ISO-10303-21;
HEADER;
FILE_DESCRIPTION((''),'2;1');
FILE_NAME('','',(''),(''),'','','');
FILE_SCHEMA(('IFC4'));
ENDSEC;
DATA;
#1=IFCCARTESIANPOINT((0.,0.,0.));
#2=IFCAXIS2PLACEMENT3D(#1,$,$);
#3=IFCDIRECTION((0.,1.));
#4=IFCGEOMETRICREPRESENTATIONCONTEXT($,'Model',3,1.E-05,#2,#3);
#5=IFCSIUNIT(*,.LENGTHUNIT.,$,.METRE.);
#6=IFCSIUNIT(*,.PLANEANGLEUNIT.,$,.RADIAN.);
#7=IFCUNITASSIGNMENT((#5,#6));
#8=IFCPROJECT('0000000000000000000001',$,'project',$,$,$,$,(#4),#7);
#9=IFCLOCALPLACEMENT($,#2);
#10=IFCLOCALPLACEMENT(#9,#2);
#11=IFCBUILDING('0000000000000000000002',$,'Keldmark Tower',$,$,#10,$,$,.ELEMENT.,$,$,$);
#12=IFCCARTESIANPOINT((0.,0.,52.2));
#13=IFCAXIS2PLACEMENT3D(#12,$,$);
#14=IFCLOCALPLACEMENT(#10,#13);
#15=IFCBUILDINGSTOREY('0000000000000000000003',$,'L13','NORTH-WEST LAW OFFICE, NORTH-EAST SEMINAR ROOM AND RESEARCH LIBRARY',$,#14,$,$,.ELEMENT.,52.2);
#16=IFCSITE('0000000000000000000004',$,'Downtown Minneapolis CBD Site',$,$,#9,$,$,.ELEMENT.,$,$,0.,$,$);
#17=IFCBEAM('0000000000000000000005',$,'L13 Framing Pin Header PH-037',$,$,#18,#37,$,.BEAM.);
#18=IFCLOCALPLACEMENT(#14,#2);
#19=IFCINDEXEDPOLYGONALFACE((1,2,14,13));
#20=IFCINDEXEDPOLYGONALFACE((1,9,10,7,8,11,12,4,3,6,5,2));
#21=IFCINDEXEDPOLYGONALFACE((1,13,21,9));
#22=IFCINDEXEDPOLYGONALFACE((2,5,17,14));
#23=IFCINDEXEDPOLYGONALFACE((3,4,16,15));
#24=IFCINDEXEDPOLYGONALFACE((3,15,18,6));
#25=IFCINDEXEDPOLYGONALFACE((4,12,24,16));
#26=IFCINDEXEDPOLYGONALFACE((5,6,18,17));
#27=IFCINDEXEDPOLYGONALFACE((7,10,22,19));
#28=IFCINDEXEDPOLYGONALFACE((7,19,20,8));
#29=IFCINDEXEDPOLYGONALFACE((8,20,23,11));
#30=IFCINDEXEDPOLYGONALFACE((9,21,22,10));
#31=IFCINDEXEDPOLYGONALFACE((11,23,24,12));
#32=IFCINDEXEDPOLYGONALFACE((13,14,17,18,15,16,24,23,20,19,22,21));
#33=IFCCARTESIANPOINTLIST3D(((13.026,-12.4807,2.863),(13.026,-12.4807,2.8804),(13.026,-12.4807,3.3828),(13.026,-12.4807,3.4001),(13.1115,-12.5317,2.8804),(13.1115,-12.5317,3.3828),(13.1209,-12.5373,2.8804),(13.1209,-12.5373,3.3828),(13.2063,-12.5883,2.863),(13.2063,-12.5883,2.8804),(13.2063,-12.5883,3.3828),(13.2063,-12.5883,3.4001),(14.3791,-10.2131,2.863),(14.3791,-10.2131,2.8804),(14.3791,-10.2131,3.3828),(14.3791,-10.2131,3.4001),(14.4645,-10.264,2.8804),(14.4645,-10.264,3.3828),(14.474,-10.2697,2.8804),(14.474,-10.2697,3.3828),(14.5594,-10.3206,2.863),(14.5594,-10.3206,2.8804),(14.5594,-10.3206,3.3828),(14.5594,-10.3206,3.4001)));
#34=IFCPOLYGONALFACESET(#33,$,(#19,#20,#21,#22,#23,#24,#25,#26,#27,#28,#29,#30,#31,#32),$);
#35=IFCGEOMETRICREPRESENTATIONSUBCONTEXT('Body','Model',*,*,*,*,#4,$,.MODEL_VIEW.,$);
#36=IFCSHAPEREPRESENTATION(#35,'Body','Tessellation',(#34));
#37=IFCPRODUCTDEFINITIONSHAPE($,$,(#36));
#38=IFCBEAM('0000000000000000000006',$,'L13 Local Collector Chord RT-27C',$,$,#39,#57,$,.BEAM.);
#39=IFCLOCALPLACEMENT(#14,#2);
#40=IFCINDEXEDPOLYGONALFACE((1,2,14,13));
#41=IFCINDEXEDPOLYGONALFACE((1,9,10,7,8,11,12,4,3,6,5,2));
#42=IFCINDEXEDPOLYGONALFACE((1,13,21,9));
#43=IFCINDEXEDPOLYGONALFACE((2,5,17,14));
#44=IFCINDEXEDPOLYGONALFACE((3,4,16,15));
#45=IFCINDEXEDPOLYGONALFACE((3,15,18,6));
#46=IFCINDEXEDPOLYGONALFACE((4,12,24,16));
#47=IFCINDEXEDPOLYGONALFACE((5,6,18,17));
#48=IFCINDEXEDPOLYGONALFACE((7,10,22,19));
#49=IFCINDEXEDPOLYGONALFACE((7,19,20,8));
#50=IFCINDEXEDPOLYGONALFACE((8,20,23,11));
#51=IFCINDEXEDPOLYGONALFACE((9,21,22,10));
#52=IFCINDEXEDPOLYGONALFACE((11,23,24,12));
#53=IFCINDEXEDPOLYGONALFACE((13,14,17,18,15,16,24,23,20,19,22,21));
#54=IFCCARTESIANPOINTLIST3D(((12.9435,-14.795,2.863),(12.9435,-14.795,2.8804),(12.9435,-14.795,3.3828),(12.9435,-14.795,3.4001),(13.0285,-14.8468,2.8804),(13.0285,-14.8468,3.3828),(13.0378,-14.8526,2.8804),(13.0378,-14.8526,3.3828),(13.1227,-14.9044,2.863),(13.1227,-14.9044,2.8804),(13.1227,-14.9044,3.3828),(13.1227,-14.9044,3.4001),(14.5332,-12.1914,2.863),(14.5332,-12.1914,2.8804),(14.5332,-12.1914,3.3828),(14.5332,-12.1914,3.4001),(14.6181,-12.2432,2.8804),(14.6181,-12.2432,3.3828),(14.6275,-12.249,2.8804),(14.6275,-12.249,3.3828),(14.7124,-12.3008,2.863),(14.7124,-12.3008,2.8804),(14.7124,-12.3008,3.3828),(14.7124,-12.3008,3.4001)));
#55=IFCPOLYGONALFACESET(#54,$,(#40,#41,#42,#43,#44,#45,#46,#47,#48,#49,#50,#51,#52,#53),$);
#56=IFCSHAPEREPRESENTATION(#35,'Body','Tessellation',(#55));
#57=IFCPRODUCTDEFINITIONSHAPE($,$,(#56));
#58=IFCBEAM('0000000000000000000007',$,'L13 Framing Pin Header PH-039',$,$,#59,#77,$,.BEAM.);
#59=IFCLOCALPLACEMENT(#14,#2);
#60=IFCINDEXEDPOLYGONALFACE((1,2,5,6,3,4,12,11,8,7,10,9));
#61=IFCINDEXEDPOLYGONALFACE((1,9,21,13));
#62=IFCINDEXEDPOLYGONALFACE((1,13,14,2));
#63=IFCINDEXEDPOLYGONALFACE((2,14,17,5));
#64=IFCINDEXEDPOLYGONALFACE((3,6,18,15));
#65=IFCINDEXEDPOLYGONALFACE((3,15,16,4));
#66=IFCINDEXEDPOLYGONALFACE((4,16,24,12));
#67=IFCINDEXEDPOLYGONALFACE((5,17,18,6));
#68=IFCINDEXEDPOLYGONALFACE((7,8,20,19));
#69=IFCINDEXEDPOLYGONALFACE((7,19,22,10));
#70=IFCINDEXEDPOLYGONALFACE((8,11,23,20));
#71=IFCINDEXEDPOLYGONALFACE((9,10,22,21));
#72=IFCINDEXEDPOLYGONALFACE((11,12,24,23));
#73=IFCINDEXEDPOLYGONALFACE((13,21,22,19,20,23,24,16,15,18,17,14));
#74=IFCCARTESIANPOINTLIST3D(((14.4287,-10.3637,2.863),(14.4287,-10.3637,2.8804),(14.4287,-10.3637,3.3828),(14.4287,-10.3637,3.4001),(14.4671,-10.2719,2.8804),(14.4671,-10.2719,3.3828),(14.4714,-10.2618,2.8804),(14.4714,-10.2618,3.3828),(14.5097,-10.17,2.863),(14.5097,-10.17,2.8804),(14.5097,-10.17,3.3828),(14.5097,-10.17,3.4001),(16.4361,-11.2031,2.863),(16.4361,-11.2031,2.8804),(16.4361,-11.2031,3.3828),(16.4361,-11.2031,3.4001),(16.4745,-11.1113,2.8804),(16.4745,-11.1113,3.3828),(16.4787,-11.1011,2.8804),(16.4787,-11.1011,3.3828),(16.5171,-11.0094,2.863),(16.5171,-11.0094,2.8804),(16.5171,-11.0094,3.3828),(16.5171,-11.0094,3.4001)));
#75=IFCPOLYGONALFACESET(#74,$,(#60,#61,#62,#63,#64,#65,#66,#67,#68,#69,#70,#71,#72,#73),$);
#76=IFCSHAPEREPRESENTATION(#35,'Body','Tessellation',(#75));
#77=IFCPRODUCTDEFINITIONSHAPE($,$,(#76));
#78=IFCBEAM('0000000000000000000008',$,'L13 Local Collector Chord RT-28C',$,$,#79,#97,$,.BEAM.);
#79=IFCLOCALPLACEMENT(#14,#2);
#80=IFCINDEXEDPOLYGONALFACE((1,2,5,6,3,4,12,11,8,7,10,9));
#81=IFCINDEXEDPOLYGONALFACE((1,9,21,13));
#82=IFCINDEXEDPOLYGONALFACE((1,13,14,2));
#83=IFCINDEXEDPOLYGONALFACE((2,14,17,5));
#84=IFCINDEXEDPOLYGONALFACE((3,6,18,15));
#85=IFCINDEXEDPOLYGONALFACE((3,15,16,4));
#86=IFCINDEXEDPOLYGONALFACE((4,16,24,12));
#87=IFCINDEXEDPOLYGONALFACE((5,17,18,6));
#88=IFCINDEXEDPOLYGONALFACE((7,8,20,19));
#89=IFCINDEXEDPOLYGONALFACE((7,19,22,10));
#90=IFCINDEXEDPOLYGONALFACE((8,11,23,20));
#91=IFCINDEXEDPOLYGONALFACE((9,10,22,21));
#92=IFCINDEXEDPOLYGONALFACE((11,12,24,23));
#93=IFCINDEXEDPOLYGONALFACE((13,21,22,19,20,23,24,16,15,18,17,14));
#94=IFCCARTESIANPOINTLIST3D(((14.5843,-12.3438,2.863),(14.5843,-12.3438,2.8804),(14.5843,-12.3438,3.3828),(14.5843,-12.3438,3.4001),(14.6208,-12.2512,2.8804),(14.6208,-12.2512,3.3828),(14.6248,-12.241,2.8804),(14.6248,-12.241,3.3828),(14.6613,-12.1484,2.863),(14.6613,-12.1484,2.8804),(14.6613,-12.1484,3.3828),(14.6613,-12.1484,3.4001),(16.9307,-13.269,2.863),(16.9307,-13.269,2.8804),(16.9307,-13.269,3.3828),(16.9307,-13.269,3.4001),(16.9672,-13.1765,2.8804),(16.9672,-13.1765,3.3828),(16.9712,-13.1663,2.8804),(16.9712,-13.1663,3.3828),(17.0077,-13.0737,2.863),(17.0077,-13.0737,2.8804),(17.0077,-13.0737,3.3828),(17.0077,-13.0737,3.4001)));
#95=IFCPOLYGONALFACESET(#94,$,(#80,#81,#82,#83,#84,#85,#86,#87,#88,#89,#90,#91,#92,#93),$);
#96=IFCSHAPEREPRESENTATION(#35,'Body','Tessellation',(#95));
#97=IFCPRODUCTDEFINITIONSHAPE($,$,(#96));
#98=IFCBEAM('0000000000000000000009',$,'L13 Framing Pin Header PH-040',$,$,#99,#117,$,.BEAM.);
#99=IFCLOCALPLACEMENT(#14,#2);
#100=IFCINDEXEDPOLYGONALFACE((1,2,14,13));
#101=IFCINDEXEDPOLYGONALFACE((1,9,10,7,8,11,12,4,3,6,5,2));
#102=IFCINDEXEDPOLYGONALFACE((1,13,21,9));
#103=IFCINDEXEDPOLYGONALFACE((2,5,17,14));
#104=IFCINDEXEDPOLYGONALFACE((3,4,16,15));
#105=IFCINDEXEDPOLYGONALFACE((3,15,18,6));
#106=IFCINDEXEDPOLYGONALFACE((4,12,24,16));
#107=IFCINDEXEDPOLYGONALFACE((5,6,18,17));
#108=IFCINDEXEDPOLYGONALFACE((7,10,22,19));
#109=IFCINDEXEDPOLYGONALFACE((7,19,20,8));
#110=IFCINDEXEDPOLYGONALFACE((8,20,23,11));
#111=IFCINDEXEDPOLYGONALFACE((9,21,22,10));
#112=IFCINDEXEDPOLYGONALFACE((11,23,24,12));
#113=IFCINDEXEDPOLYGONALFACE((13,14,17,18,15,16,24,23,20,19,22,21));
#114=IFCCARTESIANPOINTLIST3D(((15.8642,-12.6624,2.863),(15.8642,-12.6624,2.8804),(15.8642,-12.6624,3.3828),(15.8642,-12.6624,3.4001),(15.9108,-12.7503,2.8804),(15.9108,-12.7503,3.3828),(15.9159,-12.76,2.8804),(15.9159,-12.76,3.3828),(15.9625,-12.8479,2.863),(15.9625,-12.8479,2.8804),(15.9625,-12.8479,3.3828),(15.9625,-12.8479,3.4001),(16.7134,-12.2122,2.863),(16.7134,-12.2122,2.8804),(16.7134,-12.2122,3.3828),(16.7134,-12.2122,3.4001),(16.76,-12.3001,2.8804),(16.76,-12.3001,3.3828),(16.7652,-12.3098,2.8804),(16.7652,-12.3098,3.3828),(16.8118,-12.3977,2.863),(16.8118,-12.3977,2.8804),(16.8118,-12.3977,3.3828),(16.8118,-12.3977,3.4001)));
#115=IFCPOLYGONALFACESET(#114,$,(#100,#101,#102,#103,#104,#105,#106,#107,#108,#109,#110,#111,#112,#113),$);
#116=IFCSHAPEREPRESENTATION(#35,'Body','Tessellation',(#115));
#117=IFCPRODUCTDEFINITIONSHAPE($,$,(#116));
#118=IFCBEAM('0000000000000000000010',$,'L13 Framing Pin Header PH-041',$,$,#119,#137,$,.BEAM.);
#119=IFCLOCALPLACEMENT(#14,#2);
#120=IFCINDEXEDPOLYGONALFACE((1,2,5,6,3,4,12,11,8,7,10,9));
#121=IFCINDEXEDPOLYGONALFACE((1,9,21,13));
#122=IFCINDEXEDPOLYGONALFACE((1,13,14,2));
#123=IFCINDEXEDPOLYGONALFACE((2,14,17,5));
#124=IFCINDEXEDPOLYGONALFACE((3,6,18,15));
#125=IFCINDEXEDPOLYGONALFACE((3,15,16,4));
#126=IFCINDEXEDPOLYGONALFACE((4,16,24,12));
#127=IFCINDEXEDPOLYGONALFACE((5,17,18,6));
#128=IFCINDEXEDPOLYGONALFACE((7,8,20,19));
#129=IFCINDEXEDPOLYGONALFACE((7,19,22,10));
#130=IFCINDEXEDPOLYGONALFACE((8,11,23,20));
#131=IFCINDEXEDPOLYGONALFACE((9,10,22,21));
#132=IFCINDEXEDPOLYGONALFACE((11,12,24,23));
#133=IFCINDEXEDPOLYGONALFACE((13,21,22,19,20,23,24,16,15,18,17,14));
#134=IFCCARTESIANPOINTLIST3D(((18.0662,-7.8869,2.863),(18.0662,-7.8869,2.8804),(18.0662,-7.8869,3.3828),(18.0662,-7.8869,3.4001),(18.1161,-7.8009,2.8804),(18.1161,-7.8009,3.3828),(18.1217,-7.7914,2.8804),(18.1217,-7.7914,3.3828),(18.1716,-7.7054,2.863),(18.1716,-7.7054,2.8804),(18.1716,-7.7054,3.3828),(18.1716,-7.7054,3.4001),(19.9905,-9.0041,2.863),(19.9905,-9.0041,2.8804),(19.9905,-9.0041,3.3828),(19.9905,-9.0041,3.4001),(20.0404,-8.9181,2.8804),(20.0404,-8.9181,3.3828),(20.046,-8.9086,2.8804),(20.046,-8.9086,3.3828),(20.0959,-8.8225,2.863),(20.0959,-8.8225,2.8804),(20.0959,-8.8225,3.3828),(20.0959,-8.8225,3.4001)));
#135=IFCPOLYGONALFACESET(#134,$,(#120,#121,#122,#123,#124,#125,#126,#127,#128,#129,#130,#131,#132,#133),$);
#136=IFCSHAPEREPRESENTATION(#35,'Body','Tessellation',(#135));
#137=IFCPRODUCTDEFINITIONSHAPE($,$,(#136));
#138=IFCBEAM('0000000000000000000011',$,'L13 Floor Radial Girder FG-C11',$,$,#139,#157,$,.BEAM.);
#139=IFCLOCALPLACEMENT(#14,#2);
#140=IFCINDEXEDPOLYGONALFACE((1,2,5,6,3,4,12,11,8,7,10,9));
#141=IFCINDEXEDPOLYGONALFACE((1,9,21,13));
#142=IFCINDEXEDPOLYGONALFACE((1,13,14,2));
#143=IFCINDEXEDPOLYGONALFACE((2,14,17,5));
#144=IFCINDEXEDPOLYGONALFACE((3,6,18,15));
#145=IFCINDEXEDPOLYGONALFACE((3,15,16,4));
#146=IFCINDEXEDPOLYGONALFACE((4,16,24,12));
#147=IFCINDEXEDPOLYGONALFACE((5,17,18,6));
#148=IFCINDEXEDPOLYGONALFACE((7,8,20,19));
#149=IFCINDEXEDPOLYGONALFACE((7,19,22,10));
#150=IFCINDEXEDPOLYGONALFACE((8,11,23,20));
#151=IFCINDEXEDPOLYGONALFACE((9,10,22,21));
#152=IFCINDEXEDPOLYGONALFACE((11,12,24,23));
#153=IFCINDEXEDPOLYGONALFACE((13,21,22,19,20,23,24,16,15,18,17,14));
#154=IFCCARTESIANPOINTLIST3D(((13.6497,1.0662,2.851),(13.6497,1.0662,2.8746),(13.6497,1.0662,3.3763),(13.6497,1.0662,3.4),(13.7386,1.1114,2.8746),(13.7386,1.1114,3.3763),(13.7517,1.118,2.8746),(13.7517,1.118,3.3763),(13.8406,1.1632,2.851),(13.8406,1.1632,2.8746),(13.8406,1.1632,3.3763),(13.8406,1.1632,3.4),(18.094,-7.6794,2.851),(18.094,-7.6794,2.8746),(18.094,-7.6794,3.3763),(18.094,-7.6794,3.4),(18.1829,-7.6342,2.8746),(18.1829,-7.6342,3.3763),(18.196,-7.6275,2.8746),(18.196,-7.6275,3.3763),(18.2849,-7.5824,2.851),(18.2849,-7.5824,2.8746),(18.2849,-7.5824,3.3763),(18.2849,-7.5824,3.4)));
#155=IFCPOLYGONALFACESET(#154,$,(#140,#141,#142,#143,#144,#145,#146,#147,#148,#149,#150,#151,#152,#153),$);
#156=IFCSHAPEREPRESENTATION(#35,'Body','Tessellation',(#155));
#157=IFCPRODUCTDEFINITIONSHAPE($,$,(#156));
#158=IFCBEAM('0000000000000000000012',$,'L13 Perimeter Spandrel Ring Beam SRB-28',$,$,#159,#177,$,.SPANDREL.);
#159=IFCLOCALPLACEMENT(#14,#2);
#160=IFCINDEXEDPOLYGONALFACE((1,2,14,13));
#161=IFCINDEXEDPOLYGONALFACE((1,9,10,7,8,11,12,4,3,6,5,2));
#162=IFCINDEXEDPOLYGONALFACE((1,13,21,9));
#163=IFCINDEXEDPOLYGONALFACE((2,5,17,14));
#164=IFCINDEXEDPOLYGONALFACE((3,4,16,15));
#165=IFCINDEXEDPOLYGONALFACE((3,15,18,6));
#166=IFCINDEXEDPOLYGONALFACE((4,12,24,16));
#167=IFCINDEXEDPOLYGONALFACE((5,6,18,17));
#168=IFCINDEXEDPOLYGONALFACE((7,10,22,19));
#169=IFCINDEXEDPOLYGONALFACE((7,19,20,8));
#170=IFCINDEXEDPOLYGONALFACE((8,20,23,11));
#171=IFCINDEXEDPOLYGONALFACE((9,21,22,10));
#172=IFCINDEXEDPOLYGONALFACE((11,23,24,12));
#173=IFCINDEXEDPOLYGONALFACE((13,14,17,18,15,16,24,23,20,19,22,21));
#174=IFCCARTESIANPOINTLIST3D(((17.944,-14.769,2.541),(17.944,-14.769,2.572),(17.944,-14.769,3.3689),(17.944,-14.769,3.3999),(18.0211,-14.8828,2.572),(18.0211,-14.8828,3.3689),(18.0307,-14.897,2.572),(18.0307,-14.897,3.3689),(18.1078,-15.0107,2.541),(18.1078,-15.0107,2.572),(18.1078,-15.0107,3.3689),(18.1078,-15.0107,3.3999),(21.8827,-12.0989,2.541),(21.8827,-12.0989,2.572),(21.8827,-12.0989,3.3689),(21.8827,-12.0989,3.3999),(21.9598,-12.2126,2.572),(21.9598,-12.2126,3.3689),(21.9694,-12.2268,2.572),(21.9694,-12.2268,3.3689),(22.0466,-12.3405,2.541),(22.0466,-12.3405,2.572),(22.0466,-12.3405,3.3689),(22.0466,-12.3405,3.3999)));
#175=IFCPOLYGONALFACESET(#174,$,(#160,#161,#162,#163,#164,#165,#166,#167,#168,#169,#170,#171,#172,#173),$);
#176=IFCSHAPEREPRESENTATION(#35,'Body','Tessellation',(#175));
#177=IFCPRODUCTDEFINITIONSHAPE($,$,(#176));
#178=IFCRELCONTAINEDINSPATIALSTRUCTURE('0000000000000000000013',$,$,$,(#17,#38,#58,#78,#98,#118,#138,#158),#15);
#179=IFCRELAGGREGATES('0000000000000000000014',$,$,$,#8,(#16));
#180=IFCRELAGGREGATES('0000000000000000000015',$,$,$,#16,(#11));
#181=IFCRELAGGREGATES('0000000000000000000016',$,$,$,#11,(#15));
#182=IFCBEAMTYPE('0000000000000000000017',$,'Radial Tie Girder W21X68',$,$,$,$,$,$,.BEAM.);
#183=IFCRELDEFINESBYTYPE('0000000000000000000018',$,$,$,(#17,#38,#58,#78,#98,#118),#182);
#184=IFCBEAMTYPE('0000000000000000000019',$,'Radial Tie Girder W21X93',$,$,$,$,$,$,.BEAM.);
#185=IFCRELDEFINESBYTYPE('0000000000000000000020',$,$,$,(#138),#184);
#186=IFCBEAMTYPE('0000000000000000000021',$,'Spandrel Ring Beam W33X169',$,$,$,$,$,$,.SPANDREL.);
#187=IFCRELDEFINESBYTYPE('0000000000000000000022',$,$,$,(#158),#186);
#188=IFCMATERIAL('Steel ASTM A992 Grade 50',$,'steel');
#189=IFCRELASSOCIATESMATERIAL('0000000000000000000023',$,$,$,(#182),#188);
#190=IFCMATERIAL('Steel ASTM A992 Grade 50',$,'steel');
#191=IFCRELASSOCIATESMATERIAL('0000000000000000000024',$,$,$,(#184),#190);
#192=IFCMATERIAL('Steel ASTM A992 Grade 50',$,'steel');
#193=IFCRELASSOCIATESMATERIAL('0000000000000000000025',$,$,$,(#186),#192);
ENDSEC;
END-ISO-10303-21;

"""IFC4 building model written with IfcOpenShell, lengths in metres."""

from ifc_helpers import new_model, si_unit, direction, frame, origin, origin_2d, place, context, subcontext, project, spatial, i_section, extrude, material, material_profile, profile_set, type_object, element, save


model = new_model("IFC4")

# Units and contexts
model_context = context("Model", 3, precision=1e-05, world=origin(), true_north=direction((0.0, 1.0)))
body_context = subcontext(model_context, "Body", "Model", "MODEL_VIEW")
ifc_project = project(units=[si_unit("LENGTHUNIT", "METRE"), si_unit("PLANEANGLEUNIT", "RADIAN")], contexts=[model_context])

# Site, building, storey
site_placement = place(None, origin())
site = spatial("IfcSite", under=ifc_project, at=site_placement, Name="Downtown Minneapolis CBD Site", CompositionType="ELEMENT", RefElevation=0.0)
building_placement = place(site_placement, origin())
building = spatial("IfcBuilding", under=site, at=building_placement, Name="Keldmark Tower", CompositionType="ELEMENT")
storey_placement = place(building_placement, frame((0.0, 0.0, 52.2)))
storey = spatial("IfcBuildingStorey", under=building, at=storey_placement, Name="L13", Description="NORTH-WEST LAW OFFICE, NORTH-EAST SEMINAR ROOM AND RESEARCH LIBRARY", CompositionType="ELEMENT", Elevation=52.2)

# Beams
ifc_material_1 = material(Name="Steel ASTM A992 Grade 50", Category="steel")
ifc_material_profile_1 = material_profile(ifc_material_1, i_section(OverallWidth=0.21, OverallDepth=0.5371, WebThickness=0.011, FlangeThickness=0.0173, at=origin_2d()), Name="W21X68")
ifc_profile_set_1 = profile_set([ifc_material_profile_1], Name="Steel ASTM A992 Grade 50")
beam_type_1 = type_object("IfcBeamType", Name="Radial Tie Girder W21X68", PredefinedType="BEAM", material=ifc_profile_set_1)
beam_1_placement = place(storey_placement, frame((14.4692, -10.2668, 3.1316), z_axis=(-0.5124, -0.858747, 0.0), x_axis=(0.858747, -0.5124, 0.0)))
element("IfcBeam", 1, at=beam_1_placement, inside=storey, type_object=beam_type_1, Name="L13 Framing Pin Header PH-037", PredefinedType="BEAM", context=body_context, shape_type="SweptSolid", body=[
    extrude(i_section(OverallWidth=0.21, OverallDepth=0.5371, WebThickness=0.011, FlangeThickness=0.0173, at=origin_2d()), origin(), (0.0, 0.0, 1.0), 2.6406),
])
beam_2_placement = place(storey_placement, frame((14.6228, -12.2461, 3.1316), z_axis=(-0.521107, -0.853491, 0.0), x_axis=(0.853491, -0.521107, 0.0)))
element("IfcBeam", 2, at=beam_2_placement, inside=storey, type_object=beam_type_1, Name="L13 Local Collector Chord RT-27C", PredefinedType="BEAM", context=body_context, shape_type="SweptSolid", body=[
    extrude(i_section(OverallWidth=0.21, OverallDepth=0.5371, WebThickness=0.011, FlangeThickness=0.0173, at=origin_2d()), origin(), (0.0, 0.0, 1.0), 3.0505),
])
beam_3_placement = place(storey_placement, frame((14.4692, -10.2668, 3.1316), z_axis=(0.922591, -0.385778, 0.0), x_axis=(0.385778, 0.922591, 0.0)))
element("IfcBeam", 3, at=beam_3_placement, inside=storey, type_object=beam_type_1, Name="L13 Framing Pin Header PH-039", PredefinedType="BEAM", context=body_context, shape_type="SweptSolid", body=[
    extrude(i_section(OverallWidth=0.21, OverallDepth=0.5371, WebThickness=0.011, FlangeThickness=0.0173, at=origin_2d()), origin(), (0.0, 0.0, 1.0), 2.1758),
])
beam_4_placement = place(storey_placement, frame((14.6228, -12.2461, 3.1316), z_axis=(0.930281, -0.366847, 0.0), x_axis=(0.366847, 0.930281, 0.0)))
element("IfcBeam", 4, at=beam_4_placement, inside=storey, type_object=beam_type_1, Name="L13 Local Collector Chord RT-28C", PredefinedType="BEAM", context=body_context, shape_type="SweptSolid", body=[
    extrude(i_section(OverallWidth=0.21, OverallDepth=0.5371, WebThickness=0.011, FlangeThickness=0.0173, at=origin_2d()), origin(), (0.0, 0.0, 1.0), 2.5222),
])
beam_5_placement = place(storey_placement, frame((15.9133, -12.7551, 3.1316), z_axis=(0.883559, 0.468319, 0.0), x_axis=(-0.468319, 0.883559, 0.0)))
element("IfcBeam", 5, at=beam_5_placement, inside=storey, type_object=beam_type_1, Name="L13 Framing Pin Header PH-040", PredefinedType="BEAM", context=body_context, shape_type="SweptSolid", body=[
    extrude(i_section(OverallWidth=0.21, OverallDepth=0.5371, WebThickness=0.011, FlangeThickness=0.0173, at=origin_2d()), origin(), (0.0, 0.0, 1.0), 0.9612),
])
beam_6_placement = place(storey_placement, frame((18.1189, -7.7961, 3.1316), z_axis=(0.86482, -0.502083, 0.0), x_axis=(0.502083, 0.86482, 0.0)))
element("IfcBeam", 6, at=beam_6_placement, inside=storey, type_object=beam_type_1, Name="L13 Framing Pin Header PH-041", PredefinedType="BEAM", context=body_context, shape_type="SweptSolid", body=[
    extrude(i_section(OverallWidth=0.21, OverallDepth=0.5371, WebThickness=0.011, FlangeThickness=0.0173, at=origin_2d()), origin(), (0.0, 0.0, 1.0), 2.2251),
])
ifc_material_2 = material(Name="Steel ASTM A992 Grade 50", Category="steel")
ifc_material_profile_2 = material_profile(ifc_material_2, i_section(OverallWidth=0.2141, OverallDepth=0.5491, WebThickness=0.0146, FlangeThickness=0.0237, at=origin_2d()), Name="W21X93")
ifc_profile_set_2 = profile_set([ifc_material_profile_2], Name="Steel ASTM A992 Grade 50")
beam_type_2 = type_object("IfcBeamType", Name="Radial Tie Girder W21X93", PredefinedType="BEAM", material=ifc_profile_set_2)
beam_7_placement = place(storey_placement, frame((18.1895, -7.6309, 3.1255), z_axis=(-0.453038, 0.891491, 0.0), x_axis=(-0.891491, -0.453038, 0.0)))
element("IfcBeam", 7, at=beam_7_placement, inside=storey, type_object=beam_type_2, Name="L13 Floor Radial Girder FG-C11", PredefinedType="BEAM", context=body_context, shape_type="SweptSolid", body=[
    extrude(i_section(OverallWidth=0.2141, OverallDepth=0.5491, WebThickness=0.0146, FlangeThickness=0.0237, at=origin_2d()), origin(), (0.0, 0.0, 1.0), 9.8101),
])
ifc_material_3 = material(Name="Steel ASTM A992 Grade 50", Category="steel")
ifc_material_profile_3 = material_profile(ifc_material_3, i_section(OverallWidth=0.292, OverallDepth=0.8589, WebThickness=0.0171, FlangeThickness=0.031, at=origin_2d()), Name="W33X169")
ifc_profile_set_3 = profile_set([ifc_material_profile_3], Name="Steel ASTM A992 Grade 50")
beam_type_3 = type_object("IfcBeamType", Name="Spandrel Ring Beam W33X169", PredefinedType="SPANDREL", material=ifc_profile_set_3)
beam_8_placement = place(storey_placement, frame((18.0259, -14.8899, 2.9705), z_axis=(0.827723, 0.561136, 0.0), x_axis=(-0.561136, 0.827723, 0.0)))
element("IfcBeam", 8, at=beam_8_placement, inside=storey, type_object=beam_type_3, Name="L13 Perimeter Spandrel Ring Beam SRB-28", PredefinedType="SPANDREL", context=body_context, shape_type="SweptSolid", body=[
    extrude(i_section(OverallWidth=0.292, OverallDepth=0.8589, WebThickness=0.0171, FlangeThickness=0.031, at=origin_2d()), origin(), (0.0, 0.0, 1.0), 4.7585),
])

save(model, "model.ifc")
